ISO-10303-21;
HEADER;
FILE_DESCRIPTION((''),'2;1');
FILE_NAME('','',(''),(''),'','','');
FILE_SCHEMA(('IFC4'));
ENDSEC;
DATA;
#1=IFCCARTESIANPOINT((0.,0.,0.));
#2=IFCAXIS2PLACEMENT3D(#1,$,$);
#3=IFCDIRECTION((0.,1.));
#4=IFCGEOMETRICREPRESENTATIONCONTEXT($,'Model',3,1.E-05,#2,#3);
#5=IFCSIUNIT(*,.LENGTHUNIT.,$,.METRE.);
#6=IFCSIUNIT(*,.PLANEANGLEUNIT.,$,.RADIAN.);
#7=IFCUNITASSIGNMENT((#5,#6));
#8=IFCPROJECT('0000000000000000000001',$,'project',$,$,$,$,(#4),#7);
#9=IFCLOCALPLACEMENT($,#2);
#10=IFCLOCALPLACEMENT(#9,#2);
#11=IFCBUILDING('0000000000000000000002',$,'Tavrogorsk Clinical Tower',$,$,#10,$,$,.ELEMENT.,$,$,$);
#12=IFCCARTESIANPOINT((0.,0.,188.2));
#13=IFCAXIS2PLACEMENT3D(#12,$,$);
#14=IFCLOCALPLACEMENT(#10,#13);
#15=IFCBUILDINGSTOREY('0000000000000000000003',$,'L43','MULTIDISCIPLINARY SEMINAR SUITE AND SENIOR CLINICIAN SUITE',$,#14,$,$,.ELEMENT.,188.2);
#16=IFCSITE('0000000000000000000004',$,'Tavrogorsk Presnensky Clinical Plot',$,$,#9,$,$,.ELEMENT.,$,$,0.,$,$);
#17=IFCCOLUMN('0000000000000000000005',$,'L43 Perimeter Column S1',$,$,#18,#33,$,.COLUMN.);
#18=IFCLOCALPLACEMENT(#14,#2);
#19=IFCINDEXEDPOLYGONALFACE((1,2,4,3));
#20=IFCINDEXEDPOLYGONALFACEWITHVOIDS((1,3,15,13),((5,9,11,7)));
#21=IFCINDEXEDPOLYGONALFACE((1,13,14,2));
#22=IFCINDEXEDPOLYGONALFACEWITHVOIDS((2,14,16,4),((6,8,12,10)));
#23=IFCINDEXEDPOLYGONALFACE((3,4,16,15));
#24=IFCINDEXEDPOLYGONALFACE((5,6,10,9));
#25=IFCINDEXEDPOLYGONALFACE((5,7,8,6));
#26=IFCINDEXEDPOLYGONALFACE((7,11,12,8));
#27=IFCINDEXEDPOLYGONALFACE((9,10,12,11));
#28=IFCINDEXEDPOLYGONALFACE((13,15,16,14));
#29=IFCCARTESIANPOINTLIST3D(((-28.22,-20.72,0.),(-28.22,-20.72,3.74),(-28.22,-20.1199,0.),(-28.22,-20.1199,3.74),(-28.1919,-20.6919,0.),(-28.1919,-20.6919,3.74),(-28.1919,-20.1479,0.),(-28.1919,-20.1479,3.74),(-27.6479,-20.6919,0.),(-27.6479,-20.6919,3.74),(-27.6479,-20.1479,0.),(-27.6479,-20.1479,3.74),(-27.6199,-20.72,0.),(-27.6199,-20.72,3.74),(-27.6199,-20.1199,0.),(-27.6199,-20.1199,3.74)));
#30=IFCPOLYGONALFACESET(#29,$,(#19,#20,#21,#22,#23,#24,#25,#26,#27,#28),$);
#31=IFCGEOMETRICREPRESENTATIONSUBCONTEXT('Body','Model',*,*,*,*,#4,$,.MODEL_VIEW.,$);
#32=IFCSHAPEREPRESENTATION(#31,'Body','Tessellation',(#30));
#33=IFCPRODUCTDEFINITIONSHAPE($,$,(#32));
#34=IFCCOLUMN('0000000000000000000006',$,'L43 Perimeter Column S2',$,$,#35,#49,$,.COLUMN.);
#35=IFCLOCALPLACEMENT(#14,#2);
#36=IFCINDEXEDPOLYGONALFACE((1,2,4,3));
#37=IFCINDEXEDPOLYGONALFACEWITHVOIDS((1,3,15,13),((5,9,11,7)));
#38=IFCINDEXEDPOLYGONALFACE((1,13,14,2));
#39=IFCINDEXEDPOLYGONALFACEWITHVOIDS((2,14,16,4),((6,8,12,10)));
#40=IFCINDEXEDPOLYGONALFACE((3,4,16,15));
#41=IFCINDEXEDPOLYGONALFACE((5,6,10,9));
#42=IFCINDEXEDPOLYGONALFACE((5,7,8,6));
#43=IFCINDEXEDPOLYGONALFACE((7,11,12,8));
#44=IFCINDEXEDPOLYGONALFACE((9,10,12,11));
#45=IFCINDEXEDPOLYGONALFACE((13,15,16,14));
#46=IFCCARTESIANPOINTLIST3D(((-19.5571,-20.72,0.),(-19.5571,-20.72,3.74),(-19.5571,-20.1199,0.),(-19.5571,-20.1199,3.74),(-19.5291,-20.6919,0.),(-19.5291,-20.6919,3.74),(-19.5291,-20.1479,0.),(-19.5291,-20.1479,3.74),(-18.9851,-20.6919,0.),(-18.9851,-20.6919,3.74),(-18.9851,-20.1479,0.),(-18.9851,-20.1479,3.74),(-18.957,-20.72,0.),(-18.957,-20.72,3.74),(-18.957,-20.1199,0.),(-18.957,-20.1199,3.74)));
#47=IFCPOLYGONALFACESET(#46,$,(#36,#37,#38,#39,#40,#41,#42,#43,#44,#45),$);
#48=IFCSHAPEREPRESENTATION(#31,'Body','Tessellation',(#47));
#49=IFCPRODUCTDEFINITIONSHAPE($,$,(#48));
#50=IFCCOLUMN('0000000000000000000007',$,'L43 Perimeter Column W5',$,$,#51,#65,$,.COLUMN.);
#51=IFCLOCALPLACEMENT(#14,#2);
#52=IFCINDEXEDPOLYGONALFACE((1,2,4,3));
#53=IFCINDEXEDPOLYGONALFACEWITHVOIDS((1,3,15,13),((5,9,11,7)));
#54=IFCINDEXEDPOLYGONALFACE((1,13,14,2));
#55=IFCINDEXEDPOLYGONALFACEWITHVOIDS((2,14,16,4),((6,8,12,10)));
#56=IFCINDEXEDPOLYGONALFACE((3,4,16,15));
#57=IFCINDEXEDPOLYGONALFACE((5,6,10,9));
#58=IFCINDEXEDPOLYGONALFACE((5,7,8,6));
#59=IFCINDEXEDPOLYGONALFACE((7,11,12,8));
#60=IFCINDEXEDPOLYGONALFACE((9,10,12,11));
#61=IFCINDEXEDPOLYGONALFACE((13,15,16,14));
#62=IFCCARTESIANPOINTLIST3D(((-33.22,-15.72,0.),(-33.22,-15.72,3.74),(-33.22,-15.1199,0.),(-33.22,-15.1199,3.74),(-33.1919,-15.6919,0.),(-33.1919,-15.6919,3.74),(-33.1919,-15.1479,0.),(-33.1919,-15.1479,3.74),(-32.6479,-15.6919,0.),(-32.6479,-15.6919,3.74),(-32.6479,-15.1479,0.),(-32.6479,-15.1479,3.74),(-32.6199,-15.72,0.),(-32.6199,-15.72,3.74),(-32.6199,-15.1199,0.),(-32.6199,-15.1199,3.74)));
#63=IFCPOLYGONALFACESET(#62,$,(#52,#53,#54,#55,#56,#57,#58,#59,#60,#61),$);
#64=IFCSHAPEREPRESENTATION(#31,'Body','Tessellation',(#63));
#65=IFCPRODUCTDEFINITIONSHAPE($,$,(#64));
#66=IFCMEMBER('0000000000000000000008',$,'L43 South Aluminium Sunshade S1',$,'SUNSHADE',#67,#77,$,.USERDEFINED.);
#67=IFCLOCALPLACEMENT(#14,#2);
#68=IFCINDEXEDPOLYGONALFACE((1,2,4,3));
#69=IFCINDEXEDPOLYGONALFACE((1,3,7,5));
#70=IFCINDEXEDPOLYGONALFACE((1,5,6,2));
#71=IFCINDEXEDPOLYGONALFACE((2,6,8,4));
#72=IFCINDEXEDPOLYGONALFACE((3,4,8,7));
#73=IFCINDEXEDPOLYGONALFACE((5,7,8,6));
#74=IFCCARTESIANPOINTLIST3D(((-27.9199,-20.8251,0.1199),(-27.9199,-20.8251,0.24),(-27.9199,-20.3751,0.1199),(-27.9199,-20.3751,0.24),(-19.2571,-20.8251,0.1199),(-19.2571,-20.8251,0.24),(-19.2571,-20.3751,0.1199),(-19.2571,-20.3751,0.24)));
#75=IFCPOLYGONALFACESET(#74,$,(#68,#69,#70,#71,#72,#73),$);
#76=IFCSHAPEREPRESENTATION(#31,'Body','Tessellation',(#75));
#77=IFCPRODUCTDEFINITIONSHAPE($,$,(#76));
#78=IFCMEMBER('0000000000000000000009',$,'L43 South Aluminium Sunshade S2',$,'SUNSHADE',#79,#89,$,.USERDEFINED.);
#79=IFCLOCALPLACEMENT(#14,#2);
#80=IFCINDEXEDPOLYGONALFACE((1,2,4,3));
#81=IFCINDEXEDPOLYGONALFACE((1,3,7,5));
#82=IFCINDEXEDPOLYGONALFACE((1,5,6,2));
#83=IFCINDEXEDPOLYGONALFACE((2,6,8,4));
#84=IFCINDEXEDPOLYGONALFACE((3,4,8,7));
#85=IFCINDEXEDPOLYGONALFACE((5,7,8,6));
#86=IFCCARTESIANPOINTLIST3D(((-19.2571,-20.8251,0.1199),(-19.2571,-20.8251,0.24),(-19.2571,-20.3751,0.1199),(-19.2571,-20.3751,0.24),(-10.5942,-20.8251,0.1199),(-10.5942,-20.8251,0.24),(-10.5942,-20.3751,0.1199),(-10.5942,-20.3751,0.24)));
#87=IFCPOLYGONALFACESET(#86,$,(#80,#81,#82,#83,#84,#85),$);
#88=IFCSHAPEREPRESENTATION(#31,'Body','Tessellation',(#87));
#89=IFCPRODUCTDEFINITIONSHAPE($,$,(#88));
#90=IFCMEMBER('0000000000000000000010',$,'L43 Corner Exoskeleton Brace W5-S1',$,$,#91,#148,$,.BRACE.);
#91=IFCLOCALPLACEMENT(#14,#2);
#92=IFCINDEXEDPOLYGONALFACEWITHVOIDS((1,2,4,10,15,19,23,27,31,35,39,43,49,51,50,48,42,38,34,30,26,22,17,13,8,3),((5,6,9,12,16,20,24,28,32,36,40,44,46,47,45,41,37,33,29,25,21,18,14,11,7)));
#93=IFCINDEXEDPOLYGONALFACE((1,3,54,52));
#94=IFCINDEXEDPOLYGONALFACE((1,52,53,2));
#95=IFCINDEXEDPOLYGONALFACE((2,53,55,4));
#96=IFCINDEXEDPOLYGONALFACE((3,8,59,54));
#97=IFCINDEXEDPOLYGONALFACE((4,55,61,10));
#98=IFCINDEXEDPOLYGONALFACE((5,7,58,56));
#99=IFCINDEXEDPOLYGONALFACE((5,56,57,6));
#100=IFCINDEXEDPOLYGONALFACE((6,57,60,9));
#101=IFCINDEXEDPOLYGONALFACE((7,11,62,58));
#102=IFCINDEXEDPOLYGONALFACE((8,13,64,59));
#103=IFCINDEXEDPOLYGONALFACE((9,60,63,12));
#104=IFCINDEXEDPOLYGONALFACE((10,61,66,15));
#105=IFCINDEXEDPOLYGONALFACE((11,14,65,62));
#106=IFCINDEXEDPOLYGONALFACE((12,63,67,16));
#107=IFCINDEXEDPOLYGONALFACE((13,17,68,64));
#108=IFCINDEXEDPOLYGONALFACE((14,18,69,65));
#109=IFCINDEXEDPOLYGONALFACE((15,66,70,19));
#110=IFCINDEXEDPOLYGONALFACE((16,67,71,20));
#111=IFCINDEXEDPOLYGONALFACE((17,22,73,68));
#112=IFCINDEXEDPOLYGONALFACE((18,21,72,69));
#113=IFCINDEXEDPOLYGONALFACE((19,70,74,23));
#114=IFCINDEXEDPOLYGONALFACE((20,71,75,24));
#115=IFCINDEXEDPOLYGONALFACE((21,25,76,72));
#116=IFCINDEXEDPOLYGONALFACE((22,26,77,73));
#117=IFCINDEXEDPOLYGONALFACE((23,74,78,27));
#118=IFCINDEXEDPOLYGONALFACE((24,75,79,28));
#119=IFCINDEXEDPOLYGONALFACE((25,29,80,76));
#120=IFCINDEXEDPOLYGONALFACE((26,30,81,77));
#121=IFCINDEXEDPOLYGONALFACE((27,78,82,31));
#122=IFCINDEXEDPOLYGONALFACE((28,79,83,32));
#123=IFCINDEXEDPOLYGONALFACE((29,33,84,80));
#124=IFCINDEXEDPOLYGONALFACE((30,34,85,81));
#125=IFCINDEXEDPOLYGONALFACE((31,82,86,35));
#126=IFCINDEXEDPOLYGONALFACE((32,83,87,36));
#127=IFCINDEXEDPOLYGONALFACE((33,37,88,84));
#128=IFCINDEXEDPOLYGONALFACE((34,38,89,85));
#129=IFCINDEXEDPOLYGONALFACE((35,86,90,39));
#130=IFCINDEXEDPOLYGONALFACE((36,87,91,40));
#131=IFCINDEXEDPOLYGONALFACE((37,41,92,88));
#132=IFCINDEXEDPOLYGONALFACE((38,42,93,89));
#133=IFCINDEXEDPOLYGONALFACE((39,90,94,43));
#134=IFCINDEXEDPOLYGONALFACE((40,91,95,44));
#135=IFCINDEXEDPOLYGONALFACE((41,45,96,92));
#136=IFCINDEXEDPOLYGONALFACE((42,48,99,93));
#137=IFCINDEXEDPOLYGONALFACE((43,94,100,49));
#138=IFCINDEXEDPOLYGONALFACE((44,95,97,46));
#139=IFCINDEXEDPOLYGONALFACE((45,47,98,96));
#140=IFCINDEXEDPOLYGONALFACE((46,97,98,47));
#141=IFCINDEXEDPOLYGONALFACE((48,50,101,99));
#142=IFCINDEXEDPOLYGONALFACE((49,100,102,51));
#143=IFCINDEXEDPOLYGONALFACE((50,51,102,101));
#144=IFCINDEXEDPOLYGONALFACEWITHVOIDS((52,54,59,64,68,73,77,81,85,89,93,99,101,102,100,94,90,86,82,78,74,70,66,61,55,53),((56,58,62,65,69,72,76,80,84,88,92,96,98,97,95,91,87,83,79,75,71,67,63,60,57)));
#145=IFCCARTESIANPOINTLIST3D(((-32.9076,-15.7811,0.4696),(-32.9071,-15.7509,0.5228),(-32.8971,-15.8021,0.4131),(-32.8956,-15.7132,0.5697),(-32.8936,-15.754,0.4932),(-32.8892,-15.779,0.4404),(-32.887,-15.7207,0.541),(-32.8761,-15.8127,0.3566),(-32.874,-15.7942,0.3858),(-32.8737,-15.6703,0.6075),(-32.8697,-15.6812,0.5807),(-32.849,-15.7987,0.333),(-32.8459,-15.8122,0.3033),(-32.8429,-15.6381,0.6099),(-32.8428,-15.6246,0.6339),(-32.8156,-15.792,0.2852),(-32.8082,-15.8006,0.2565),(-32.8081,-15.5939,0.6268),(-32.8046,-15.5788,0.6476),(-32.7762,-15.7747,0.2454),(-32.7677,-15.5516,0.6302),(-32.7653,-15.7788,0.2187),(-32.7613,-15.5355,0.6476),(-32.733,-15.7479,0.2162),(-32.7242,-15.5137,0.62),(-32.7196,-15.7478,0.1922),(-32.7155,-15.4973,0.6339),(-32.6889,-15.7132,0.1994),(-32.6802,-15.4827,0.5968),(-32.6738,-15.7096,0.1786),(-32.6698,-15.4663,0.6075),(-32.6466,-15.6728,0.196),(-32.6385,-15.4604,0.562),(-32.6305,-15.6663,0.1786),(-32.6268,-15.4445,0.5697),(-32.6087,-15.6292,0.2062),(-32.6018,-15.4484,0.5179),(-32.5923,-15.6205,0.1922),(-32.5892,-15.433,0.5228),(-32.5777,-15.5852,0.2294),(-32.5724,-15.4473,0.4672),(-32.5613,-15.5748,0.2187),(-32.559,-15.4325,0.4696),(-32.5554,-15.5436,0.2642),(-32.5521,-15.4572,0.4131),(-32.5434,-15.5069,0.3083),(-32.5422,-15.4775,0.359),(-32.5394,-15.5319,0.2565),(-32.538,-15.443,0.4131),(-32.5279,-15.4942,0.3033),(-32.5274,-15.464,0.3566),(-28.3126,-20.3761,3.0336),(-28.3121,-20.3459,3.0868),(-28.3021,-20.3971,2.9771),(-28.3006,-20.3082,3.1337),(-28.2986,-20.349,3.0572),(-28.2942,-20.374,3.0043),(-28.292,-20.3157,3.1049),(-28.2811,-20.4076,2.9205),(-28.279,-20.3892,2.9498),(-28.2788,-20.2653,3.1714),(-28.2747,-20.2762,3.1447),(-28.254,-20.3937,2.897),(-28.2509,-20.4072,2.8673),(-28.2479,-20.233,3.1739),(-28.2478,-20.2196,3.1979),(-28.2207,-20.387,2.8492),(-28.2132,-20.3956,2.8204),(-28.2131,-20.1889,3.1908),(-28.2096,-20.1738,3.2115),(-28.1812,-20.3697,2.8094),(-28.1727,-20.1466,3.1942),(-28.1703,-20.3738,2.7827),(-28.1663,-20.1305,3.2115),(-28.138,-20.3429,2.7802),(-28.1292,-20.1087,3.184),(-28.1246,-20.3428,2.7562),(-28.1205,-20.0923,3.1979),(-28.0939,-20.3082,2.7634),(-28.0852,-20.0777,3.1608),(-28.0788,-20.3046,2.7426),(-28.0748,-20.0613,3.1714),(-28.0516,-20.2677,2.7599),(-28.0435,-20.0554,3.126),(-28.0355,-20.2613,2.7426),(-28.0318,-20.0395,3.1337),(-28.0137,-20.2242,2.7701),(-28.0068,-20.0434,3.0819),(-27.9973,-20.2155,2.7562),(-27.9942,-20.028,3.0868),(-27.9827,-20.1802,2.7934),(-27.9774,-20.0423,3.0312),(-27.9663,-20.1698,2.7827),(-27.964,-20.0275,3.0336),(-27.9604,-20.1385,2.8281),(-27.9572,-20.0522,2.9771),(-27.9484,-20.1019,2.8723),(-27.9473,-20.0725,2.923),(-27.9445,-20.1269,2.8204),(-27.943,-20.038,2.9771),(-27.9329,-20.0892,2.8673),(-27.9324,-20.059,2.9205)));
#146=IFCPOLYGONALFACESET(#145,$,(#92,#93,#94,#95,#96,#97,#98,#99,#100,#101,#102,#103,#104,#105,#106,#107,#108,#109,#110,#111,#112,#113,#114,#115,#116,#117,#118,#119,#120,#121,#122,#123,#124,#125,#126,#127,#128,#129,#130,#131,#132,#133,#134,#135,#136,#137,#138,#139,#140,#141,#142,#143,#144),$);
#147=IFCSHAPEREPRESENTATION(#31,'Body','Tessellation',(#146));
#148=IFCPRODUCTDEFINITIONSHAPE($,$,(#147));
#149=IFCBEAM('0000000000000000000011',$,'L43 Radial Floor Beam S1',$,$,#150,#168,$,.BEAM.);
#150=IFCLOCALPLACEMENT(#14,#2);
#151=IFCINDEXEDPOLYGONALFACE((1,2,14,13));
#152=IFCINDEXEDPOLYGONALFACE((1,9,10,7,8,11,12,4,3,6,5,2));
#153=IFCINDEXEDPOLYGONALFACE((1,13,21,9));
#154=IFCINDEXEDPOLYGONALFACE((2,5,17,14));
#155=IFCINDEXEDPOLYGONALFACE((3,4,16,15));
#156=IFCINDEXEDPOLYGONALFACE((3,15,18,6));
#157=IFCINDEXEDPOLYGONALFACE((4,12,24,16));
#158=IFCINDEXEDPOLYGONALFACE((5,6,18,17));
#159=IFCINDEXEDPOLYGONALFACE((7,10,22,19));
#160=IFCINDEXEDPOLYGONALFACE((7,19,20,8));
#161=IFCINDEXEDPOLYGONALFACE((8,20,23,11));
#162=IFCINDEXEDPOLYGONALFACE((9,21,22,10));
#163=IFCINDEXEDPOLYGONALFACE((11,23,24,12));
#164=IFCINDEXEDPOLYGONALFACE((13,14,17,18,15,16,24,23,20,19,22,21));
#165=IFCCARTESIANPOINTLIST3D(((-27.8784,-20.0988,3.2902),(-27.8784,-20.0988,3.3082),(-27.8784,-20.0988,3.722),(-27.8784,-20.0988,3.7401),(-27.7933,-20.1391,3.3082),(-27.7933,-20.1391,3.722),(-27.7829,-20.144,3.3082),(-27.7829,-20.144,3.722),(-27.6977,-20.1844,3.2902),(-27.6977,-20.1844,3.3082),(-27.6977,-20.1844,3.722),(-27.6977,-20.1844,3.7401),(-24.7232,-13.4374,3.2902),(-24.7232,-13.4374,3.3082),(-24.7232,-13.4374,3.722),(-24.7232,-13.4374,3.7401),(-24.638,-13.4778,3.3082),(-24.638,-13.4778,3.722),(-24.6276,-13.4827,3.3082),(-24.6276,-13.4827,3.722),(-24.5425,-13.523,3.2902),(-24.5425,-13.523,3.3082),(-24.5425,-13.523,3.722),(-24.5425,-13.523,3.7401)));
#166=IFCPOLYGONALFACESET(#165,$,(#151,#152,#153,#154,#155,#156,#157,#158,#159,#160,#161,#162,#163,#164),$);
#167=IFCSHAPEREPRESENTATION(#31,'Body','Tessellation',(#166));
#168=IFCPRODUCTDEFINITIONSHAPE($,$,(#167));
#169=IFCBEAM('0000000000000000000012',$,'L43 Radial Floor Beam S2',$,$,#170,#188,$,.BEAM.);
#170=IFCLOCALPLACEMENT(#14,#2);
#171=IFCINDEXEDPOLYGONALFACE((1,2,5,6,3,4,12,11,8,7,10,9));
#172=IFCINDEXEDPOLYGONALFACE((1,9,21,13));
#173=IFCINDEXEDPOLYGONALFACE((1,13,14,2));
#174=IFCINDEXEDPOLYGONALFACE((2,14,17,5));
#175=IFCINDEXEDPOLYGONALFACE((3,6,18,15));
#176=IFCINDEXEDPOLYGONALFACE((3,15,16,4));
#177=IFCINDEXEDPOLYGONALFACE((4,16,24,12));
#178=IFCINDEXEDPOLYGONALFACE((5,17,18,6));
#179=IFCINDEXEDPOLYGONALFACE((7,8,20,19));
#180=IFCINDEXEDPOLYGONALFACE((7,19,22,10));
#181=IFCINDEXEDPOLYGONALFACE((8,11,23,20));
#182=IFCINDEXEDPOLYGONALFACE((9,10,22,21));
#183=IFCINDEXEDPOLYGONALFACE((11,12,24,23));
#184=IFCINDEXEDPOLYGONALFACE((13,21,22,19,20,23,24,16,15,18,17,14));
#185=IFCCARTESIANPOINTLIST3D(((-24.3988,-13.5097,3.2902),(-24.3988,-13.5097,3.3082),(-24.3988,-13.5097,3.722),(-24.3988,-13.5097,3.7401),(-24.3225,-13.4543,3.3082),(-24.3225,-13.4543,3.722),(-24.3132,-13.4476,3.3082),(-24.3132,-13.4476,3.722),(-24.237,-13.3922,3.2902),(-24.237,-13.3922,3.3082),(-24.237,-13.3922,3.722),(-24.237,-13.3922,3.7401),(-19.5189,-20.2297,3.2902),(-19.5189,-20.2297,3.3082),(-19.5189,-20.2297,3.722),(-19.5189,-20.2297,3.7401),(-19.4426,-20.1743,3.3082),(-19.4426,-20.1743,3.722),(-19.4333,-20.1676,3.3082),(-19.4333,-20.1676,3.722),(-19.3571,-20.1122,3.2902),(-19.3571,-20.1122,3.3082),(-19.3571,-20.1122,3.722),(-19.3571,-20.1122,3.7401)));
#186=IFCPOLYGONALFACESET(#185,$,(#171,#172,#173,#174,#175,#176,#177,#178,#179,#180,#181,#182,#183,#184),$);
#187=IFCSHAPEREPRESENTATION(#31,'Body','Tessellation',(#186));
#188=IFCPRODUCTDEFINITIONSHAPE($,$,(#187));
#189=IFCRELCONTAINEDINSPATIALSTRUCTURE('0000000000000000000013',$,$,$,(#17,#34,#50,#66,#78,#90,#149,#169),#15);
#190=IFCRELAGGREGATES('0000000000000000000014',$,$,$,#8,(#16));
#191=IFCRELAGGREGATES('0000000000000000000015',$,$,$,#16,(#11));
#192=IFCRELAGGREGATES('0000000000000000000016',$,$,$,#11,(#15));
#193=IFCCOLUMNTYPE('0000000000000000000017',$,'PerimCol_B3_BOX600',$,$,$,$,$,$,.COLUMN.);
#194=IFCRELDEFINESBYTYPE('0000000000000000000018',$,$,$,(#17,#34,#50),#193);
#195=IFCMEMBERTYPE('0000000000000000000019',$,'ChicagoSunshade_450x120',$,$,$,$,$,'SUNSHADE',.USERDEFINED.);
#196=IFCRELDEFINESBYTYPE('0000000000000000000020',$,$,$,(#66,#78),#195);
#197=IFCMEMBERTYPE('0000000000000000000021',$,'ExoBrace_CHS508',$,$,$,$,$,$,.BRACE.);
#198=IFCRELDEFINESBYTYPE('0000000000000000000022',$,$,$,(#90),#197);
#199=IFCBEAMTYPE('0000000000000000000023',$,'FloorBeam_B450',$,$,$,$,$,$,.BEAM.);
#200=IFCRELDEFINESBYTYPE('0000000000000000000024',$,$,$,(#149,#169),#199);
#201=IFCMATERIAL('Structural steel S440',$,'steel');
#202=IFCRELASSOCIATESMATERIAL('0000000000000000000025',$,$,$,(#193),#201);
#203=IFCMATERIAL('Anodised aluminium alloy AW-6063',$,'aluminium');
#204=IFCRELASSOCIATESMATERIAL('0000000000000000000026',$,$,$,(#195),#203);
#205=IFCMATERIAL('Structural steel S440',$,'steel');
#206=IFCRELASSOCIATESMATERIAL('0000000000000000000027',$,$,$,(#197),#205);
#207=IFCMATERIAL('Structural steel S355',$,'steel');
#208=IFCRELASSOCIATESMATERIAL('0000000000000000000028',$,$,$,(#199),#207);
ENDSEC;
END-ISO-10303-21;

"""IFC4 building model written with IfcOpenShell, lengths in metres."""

from ifc_helpers import new_model, si_unit, direction, frame, origin, origin_2d, place, context, subcontext, project, spatial, rectangle, hollow_rectangle, hollow_circle, i_section, extrude, material, material_profile, profile_set, type_object, element, save


model = new_model("IFC4")

# Units and contexts
model_context = context("Model", 3, precision=1e-05, world=origin(), true_north=direction((0.0, 1.0)))
body_context = subcontext(model_context, "Body", "Model", "MODEL_VIEW")
ifc_project = project(units=[si_unit("LENGTHUNIT", "METRE"), si_unit("PLANEANGLEUNIT", "RADIAN")], contexts=[model_context])

# Site, building, storey
site_placement = place(None, origin())
site = spatial("IfcSite", under=ifc_project, at=site_placement, Name="Tavrogorsk Presnensky Clinical Plot", CompositionType="ELEMENT", RefElevation=0.0)
building_placement = place(site_placement, origin())
building = spatial("IfcBuilding", under=site, at=building_placement, Name="Tavrogorsk Clinical Tower", CompositionType="ELEMENT")
storey_placement = place(building_placement, frame((0.0, 0.0, 188.2)))
storey = spatial("IfcBuildingStorey", under=building, at=storey_placement, Name="L43", Description="MULTIDISCIPLINARY SEMINAR SUITE AND SENIOR CLINICIAN SUITE", CompositionType="ELEMENT", Elevation=188.2)

# Columns
ifc_material_1 = material(Name="Structural steel S440", Category="steel")
ifc_material_profile_1 = material_profile(ifc_material_1, hollow_rectangle(XDim=0.6001, YDim=0.6001, WallThickness=0.0281, at=origin_2d()), Name="BOX-600x600x28")
ifc_profile_set_1 = profile_set([ifc_material_profile_1], Name="Structural steel S440")
column_type = type_object("IfcColumnType", Name="PerimCol_B3_BOX600", PredefinedType="COLUMN", material=ifc_profile_set_1)
for number, where, z_axis, x_axis, name in (
    (1, (-27.9199, -20.4199, 0.0), (0.0, 0.0, 1.0), (1.0, 0.0, 0.0), "L43 Perimeter Column S1"),
    (2, (-19.2571, -20.4199, 0.0), (0.0, 0.0, 1.0), (1.0, 0.0, 0.0), "L43 Perimeter Column S2"),
    (3, (-32.9199, -15.4199, 0.0), (0.0, 0.0, 1.0), (1.0, 0.0, 0.0), "L43 Perimeter Column W5"),
):
    element("IfcColumn", number, at=place(storey_placement, frame(where, z_axis=z_axis, x_axis=x_axis)), inside=storey, type_object=column_type, Name=name, PredefinedType="COLUMN", context=body_context, shape_type="SweptSolid", body=[
        extrude(hollow_rectangle(XDim=0.6001, YDim=0.6001, WallThickness=0.0281, at=origin_2d()), origin(), (0.0, 0.0, 1.0), 3.74),
    ])

# Members
ifc_material_2 = material(Name="Anodised aluminium alloy AW-6063", Category="aluminium")
ifc_material_profile_2 = material_profile(ifc_material_2, rectangle(XDim=0.45, YDim=0.1201, at=origin_2d()), Name="ALU-SUNSHADE-450x120")
ifc_profile_set_2 = profile_set([ifc_material_profile_2], Name="Anodised aluminium alloy AW-6063")
member_type_1 = type_object("IfcMemberType", Name="ChicagoSunshade_450x120", ElementType="SUNSHADE", PredefinedType="USERDEFINED", material=ifc_profile_set_2)
for number, where, z_axis, x_axis, name in (
    (4, (-27.9199, -20.6001, 0.1799), (1.0, 0.0, 0.0), (0.0, 1.0, 0.0), "L43 South Aluminium Sunshade S1"),
    (5, (-19.2571, -20.6001, 0.1799), (1.0, 0.0, 0.0), (0.0, 1.0, 0.0), "L43 South Aluminium Sunshade S2"),
):
    element("IfcMember", number, at=place(storey_placement, frame(where, z_axis=z_axis, x_axis=x_axis)), inside=storey, type_object=member_type_1, Name=name, ObjectType="SUNSHADE", PredefinedType="USERDEFINED", context=body_context, shape_type="SweptSolid", body=[
        extrude(rectangle(XDim=0.45, YDim=0.1201, at=origin_2d()), origin(), (0.0, 0.0, 1.0), 8.6628),
    ])
ifc_material_3 = material(Name="Structural steel S440", Category="steel")
ifc_material_profile_3 = material_profile(ifc_material_3, hollow_circle(Radius=0.2539, WallThickness=0.02, at=origin_2d()), Name="CHS-508x20")
ifc_profile_set_3 = profile_set([ifc_material_profile_3], Name="Structural steel S440")
member_type_2 = type_object("IfcMemberType", Name="ExoBrace_CHS508", PredefinedType="BRACE", material=ifc_profile_set_3)
member_1_placement = place(storey_placement, frame((-32.7175, -15.6226, 0.4131), z_axis=(0.657759, -0.657759, 0.367025), x_axis=(0.707107, 0.707107, 0.0)))
element("IfcMember", 6, at=member_1_placement, inside=storey, type_object=member_type_2, Name="L43 Corner Exoskeleton Brace W5-S1", PredefinedType="BRACE", context=body_context, shape_type="SweptSolid", body=[
    extrude(hollow_circle(Radius=0.2539, WallThickness=0.02, at=origin_2d()), origin(), (0.0, 0.0, 1.0), 6.9858),
])

# Beams
ifc_material_4 = material(Name="Structural steel S355", Category="steel")
ifc_material_profile_4 = material_profile(ifc_material_4, i_section(OverallWidth=0.2, OverallDepth=0.45, WebThickness=0.0115, FlangeThickness=0.0181, at=origin_2d()), Name="B-450x200x11.5x18")
ifc_profile_set_4 = profile_set([ifc_material_profile_4], Name="Structural steel S355")
beam_type_1 = type_object("IfcBeamType", Name="FloorBeam_B450", PredefinedType="BEAM", material=ifc_profile_set_4)
beam_1_placement = place(storey_placement, frame((-24.6328, -13.4802, 3.5151), z_axis=(-0.428074, -0.903744, 0.0), x_axis=(0.903744, -0.428074, 0.0)))
element("IfcBeam", 7, at=beam_1_placement, inside=storey, type_object=beam_type_1, Name="L43 Radial Floor Beam S1", PredefinedType="BEAM", context=body_context, shape_type="SweptSolid", body=[
    extrude(i_section(OverallWidth=0.2, OverallDepth=0.45, WebThickness=0.0115, FlangeThickness=0.0181, at=origin_2d()), origin(), (0.0, 0.0, 1.0), 7.3708),
])
beam_2_placement = place(storey_placement, frame((-24.3179, -13.4509, 3.5151), z_axis=(0.587591, -0.809158, 0.0), x_axis=(0.809158, 0.587591, 0.0)))
element("IfcBeam", 8, at=beam_2_placement, inside=storey, type_object=beam_type_1, Name="L43 Radial Floor Beam S2", PredefinedType="BEAM", context=body_context, shape_type="SweptSolid", body=[
    extrude(i_section(OverallWidth=0.2, OverallDepth=0.45, WebThickness=0.0115, FlangeThickness=0.0181, at=origin_2d()), origin(), (0.0, 0.0, 1.0), 8.3049),
])

save(model, "model.ifc")
